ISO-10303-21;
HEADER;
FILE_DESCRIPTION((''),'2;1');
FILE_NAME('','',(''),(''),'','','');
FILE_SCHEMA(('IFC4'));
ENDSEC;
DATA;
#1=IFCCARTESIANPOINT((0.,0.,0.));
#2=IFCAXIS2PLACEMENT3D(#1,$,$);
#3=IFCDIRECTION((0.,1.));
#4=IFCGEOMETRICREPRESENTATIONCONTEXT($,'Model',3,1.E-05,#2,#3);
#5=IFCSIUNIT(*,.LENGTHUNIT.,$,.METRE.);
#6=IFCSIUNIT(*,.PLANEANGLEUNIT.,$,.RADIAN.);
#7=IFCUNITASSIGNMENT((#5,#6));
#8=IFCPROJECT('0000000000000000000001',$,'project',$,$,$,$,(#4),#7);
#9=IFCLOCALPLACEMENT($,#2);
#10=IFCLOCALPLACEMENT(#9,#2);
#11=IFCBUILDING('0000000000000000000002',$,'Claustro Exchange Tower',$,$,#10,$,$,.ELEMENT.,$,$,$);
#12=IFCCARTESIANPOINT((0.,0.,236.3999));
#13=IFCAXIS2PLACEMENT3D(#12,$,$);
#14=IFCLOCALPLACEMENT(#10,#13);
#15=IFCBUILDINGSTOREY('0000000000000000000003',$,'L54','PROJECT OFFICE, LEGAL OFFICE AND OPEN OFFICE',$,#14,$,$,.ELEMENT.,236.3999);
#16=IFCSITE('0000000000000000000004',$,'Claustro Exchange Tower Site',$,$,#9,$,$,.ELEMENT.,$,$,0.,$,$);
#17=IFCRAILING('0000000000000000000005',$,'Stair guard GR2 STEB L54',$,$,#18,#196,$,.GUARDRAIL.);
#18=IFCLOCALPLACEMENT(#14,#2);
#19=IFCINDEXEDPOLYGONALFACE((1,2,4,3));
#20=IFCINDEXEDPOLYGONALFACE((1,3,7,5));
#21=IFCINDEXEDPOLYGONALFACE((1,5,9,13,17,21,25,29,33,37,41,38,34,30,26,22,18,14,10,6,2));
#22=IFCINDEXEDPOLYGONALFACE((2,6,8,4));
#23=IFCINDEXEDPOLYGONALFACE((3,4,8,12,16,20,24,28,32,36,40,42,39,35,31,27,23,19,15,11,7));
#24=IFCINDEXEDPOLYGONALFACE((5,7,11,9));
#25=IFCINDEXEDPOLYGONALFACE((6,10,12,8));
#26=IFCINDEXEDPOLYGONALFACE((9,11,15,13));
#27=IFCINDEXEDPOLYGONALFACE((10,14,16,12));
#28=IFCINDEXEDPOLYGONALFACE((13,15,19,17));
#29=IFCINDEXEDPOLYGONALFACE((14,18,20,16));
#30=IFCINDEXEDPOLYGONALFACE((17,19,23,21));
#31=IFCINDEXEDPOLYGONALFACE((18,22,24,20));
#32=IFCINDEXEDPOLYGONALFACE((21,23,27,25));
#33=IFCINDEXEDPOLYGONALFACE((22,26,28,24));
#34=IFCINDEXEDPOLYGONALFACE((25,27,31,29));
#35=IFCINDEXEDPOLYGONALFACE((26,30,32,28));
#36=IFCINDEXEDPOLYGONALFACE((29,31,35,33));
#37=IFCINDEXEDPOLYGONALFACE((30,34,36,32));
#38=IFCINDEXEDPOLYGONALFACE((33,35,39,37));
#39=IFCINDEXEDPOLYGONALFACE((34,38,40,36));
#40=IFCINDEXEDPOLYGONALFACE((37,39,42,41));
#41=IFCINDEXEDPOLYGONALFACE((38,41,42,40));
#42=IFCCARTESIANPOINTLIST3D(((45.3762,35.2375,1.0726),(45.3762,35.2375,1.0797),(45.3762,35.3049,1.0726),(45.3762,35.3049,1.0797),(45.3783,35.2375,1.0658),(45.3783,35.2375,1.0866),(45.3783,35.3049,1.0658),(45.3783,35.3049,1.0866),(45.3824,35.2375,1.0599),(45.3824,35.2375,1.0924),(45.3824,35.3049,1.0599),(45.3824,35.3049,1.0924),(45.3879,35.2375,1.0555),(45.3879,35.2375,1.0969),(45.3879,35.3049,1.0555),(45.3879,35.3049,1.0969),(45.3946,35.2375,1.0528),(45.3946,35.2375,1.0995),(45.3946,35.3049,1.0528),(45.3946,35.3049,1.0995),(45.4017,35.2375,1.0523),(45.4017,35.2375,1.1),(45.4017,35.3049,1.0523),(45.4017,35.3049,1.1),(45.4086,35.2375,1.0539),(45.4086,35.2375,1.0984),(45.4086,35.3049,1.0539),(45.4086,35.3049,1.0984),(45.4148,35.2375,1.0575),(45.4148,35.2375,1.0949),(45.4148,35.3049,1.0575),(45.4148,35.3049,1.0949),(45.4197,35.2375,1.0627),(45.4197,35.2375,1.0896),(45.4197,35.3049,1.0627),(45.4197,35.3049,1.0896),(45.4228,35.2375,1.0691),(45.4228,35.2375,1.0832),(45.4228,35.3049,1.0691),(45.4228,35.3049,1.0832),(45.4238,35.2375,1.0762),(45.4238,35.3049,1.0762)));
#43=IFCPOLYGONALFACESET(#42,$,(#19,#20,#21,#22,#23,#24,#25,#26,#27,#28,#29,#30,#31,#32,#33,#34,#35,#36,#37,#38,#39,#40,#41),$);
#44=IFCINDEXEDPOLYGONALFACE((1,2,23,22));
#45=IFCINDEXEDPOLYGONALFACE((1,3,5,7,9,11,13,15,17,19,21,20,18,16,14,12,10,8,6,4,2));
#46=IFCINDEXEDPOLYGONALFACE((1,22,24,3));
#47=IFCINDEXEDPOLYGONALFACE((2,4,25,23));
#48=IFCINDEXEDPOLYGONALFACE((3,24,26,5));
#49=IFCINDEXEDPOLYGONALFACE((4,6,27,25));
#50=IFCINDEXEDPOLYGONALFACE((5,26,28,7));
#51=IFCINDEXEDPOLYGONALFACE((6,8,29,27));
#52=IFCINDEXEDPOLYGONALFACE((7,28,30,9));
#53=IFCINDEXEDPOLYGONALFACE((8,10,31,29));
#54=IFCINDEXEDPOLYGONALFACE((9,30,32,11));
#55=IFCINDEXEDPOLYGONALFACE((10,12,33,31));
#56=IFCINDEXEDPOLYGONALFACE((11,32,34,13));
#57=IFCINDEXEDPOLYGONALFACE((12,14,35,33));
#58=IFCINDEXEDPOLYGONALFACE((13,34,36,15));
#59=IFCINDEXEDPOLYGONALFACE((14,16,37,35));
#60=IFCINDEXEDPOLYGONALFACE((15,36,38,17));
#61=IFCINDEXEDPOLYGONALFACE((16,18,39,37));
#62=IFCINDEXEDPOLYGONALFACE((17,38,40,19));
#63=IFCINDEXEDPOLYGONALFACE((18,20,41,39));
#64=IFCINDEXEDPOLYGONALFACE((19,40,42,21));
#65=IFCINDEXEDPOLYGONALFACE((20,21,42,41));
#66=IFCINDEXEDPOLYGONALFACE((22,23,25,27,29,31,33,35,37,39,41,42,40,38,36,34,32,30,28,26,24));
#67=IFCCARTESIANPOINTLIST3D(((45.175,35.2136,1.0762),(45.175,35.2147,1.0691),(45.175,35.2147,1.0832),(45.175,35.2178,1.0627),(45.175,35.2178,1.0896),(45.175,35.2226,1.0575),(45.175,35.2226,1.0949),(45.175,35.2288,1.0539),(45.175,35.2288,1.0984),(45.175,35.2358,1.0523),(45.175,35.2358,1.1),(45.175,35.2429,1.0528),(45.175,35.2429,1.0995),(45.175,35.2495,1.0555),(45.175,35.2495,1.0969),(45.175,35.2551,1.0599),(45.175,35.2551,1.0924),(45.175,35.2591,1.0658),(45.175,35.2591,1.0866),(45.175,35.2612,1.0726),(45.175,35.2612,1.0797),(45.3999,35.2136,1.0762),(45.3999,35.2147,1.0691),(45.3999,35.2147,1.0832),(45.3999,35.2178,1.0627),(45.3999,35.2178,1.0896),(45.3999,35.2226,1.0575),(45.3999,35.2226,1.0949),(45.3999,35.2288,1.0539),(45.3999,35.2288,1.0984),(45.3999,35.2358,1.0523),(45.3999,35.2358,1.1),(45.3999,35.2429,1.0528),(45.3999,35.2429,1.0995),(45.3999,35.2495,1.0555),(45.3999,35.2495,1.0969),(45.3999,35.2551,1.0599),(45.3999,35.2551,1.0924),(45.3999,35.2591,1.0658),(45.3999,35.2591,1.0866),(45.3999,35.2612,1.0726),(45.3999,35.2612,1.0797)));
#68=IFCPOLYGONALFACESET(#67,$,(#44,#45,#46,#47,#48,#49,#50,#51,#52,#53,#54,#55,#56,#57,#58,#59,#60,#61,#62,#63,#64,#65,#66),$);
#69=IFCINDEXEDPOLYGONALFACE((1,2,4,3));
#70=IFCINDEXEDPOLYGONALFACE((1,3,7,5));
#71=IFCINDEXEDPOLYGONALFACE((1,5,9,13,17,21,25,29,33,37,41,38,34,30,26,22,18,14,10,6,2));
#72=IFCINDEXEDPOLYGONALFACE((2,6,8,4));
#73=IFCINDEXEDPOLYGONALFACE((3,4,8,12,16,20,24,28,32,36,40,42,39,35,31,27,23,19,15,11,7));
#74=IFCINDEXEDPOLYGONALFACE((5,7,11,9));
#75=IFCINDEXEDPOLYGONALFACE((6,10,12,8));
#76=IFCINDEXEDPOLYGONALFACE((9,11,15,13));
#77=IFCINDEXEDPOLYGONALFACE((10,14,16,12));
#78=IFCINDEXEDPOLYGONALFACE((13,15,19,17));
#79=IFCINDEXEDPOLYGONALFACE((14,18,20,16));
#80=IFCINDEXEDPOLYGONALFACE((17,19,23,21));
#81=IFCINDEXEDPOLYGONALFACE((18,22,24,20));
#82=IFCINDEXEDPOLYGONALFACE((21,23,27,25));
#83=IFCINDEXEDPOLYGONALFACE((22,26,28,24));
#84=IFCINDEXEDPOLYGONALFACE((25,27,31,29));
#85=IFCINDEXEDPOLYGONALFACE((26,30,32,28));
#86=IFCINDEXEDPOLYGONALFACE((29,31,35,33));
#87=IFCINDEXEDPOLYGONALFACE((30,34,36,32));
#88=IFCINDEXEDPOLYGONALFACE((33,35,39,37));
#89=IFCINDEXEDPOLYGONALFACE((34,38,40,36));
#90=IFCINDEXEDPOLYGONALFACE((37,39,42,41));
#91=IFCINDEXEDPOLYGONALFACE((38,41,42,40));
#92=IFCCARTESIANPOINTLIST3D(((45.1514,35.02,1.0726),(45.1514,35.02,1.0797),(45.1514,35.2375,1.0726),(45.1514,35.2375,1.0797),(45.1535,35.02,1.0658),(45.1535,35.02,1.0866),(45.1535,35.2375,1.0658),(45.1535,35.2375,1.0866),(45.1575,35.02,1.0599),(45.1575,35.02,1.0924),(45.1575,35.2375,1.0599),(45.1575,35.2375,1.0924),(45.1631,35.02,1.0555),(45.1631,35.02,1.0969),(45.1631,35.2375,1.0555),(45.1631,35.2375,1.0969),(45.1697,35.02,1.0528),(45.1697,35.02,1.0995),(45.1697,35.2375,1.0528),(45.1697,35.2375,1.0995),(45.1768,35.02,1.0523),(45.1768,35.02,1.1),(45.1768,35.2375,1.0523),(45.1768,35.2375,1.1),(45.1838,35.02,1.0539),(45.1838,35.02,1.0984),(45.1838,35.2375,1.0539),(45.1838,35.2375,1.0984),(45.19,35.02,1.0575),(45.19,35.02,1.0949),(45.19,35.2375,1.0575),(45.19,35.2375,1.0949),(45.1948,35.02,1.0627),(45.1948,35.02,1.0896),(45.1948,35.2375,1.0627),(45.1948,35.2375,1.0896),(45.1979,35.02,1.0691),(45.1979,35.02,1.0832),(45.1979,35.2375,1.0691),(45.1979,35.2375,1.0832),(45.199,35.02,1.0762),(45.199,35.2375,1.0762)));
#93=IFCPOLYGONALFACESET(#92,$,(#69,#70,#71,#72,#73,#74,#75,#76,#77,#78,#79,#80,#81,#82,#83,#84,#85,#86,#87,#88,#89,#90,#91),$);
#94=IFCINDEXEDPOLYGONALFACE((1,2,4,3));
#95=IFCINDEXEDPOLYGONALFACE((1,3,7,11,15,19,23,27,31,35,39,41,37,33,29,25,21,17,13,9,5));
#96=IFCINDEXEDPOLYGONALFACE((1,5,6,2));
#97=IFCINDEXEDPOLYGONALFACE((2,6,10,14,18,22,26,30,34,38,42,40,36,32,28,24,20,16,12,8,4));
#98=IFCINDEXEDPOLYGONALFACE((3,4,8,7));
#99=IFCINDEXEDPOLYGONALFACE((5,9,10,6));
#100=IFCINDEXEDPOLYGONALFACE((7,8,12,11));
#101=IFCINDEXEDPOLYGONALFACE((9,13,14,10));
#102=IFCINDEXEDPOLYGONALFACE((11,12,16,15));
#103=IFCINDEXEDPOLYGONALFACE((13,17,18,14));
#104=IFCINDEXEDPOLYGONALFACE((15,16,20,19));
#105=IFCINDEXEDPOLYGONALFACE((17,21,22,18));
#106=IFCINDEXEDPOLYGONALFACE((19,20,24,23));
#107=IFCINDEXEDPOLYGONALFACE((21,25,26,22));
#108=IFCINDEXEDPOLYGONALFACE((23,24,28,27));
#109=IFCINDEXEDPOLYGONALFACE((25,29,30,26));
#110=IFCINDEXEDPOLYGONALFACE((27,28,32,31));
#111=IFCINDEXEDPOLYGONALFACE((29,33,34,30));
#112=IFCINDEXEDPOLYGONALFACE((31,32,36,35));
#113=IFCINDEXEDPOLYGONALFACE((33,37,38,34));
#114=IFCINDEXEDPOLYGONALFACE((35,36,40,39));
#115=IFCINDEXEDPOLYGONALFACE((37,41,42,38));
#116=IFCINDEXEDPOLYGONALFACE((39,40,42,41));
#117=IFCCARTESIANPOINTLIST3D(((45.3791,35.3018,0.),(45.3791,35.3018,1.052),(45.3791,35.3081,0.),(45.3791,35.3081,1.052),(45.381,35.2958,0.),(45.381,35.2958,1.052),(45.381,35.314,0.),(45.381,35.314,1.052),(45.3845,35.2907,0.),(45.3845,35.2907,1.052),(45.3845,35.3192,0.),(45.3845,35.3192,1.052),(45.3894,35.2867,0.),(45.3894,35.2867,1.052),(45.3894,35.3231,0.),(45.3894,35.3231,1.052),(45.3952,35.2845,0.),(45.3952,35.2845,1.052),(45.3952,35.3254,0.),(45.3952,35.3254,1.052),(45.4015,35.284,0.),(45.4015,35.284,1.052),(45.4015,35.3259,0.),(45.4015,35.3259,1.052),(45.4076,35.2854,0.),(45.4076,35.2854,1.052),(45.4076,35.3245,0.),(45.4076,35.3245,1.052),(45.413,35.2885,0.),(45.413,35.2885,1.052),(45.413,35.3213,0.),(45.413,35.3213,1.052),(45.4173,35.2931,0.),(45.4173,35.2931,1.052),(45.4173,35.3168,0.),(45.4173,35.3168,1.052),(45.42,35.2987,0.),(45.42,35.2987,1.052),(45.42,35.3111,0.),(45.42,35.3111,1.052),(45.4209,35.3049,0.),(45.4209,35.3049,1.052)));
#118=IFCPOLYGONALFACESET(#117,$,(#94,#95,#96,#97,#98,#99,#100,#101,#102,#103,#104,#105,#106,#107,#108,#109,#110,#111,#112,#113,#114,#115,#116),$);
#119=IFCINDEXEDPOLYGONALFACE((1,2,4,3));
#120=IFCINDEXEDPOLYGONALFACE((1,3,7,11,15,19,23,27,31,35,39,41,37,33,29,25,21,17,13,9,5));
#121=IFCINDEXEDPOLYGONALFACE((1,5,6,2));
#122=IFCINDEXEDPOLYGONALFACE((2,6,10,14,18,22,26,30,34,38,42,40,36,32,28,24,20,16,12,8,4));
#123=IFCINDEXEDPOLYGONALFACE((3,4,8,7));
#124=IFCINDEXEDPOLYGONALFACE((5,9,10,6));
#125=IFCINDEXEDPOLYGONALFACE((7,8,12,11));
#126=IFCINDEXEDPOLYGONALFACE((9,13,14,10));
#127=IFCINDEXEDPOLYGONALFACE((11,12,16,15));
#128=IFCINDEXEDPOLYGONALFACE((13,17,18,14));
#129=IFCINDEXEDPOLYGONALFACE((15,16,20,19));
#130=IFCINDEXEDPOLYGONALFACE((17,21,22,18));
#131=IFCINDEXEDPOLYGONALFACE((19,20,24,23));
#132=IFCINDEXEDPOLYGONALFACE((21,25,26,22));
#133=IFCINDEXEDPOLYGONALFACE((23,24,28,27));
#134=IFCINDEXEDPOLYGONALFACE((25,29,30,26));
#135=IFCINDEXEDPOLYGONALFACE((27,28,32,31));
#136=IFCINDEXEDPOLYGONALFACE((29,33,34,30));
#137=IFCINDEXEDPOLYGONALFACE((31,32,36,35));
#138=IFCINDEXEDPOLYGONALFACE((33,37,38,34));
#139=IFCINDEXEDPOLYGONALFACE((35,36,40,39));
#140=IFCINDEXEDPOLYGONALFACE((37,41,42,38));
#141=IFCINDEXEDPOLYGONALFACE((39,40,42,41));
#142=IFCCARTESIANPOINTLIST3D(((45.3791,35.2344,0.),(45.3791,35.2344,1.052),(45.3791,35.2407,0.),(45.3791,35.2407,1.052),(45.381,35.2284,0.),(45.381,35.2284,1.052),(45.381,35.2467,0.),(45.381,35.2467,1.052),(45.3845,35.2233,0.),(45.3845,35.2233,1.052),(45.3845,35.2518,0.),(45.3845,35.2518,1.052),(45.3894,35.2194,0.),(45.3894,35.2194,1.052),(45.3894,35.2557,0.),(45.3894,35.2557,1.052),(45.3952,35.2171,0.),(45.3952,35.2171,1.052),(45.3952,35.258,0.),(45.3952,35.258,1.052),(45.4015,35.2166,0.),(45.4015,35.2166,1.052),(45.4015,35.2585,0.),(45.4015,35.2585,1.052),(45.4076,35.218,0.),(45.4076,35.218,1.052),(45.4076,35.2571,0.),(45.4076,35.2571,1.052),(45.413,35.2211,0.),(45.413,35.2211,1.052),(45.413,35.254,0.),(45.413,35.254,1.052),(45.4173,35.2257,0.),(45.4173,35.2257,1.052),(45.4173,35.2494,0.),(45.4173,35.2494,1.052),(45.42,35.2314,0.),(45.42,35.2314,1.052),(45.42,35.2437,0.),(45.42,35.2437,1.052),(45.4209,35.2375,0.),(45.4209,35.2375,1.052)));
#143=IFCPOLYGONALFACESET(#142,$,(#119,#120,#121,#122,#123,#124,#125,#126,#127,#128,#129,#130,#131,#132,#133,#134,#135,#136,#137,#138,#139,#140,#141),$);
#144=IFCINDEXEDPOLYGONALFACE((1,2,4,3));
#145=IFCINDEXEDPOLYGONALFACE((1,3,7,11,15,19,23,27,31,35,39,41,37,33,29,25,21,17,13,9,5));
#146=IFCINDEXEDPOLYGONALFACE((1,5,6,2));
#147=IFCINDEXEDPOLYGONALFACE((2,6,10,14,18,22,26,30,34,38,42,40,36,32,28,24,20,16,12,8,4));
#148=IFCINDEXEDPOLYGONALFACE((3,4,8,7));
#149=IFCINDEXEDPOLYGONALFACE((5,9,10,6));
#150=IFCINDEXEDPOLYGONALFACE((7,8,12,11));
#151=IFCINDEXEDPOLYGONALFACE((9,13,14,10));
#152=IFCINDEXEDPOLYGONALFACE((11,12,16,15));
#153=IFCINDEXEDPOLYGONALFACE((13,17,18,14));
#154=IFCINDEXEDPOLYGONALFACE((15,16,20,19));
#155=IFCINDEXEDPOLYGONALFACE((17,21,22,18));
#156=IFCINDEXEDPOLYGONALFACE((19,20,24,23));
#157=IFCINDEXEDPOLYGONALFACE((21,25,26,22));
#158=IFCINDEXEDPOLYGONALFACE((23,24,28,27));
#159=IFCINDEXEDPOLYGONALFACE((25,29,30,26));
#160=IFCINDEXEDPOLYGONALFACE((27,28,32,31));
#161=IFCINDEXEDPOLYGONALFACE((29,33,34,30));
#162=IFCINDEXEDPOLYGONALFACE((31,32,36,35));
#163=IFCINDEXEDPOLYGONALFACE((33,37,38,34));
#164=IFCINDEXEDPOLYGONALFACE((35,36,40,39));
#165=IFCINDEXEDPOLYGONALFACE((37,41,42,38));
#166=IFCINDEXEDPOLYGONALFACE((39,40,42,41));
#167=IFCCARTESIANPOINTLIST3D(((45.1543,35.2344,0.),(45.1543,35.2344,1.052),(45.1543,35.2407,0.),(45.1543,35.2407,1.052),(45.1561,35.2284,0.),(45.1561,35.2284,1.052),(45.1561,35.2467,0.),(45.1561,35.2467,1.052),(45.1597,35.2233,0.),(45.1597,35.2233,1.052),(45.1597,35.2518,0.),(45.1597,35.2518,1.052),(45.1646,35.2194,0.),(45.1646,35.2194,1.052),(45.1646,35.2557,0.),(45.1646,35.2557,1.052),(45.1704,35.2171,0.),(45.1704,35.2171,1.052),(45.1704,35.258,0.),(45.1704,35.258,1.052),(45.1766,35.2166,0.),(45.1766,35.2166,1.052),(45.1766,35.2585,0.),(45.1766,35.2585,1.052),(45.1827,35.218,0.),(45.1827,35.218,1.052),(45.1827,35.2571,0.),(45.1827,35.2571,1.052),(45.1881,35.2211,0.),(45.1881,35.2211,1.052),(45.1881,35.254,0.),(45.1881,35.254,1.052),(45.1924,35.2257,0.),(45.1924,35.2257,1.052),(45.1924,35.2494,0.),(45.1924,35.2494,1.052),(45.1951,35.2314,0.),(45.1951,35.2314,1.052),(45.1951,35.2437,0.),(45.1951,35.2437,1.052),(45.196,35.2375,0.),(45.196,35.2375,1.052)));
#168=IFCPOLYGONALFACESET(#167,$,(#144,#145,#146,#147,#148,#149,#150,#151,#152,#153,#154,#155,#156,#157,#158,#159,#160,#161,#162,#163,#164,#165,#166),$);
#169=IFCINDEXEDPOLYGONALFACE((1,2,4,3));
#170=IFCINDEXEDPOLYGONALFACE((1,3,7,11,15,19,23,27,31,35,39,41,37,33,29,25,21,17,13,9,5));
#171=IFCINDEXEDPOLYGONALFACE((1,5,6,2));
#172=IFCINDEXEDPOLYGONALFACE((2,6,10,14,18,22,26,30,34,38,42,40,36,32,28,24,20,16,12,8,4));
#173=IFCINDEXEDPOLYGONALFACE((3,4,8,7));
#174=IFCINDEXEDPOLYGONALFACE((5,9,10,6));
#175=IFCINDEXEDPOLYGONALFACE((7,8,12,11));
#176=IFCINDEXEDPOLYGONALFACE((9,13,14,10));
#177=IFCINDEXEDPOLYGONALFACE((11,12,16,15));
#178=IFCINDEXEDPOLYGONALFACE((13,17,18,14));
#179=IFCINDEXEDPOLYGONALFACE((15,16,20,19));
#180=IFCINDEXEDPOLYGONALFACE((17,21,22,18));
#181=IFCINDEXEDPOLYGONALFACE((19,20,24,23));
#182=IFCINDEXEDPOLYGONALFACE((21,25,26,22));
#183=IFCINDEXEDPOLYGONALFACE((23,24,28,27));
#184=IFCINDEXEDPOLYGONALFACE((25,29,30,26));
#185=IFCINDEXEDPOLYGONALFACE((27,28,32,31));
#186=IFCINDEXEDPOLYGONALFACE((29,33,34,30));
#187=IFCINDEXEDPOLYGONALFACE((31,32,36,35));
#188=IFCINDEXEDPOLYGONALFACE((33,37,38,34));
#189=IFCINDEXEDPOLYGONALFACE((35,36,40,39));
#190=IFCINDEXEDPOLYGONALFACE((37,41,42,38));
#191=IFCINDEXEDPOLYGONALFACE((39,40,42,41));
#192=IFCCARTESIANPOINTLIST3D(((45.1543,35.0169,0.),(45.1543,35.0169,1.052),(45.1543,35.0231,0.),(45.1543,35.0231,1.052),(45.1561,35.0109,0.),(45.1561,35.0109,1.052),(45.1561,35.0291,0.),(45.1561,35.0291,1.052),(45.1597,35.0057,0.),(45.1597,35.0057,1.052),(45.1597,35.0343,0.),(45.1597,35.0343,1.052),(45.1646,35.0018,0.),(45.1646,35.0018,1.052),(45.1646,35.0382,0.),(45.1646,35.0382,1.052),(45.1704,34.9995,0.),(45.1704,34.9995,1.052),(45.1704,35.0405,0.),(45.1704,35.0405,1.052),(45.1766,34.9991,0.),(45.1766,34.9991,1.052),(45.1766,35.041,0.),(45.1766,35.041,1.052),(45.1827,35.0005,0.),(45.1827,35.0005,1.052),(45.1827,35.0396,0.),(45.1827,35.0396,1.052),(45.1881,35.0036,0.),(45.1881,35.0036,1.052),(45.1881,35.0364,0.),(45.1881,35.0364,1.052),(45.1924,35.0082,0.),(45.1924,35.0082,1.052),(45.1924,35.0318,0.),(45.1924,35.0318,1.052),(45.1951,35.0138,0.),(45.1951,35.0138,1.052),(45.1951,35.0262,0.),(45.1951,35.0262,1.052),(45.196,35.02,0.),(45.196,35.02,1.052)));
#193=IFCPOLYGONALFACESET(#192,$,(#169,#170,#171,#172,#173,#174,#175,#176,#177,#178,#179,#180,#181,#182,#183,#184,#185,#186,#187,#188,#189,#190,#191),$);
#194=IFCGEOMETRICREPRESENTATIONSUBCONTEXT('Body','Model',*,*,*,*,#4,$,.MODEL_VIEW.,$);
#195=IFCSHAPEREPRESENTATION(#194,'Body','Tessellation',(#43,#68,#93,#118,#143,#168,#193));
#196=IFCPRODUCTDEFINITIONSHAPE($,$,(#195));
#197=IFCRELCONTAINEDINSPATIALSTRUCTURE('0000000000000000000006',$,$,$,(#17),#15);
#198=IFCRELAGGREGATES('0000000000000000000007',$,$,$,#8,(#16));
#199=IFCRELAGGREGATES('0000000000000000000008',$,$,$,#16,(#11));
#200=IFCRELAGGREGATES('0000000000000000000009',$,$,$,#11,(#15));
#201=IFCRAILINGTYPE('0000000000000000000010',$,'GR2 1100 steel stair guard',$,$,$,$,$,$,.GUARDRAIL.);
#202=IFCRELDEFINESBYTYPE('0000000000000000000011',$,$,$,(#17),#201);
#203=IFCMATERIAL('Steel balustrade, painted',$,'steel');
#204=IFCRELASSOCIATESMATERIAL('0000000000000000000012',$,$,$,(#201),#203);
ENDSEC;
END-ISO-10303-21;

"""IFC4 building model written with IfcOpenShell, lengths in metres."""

from ifc_helpers import new_model, si_unit, direction, frame, origin, origin_2d, place, context, subcontext, project, spatial, circle, extrude, material, type_object, element, save


model = new_model("IFC4")

# Units and contexts
model_context = context("Model", 3, precision=1e-05, world=origin(), true_north=direction((0.0, 1.0)))
body_context = subcontext(model_context, "Body", "Model", "MODEL_VIEW")
ifc_project = project(units=[si_unit("LENGTHUNIT", "METRE"), si_unit("PLANEANGLEUNIT", "RADIAN")], contexts=[model_context])

# Site, building, storey
site_placement = place(None, origin())
site = spatial("IfcSite", under=ifc_project, at=site_placement, Name="Claustro Exchange Tower Site", CompositionType="ELEMENT", RefElevation=0.0)
building_placement = place(site_placement, origin())
building = spatial("IfcBuilding", under=site, at=building_placement, Name="Claustro Exchange Tower", CompositionType="ELEMENT")
storey_placement = place(building_placement, frame((0.0, 0.0, 236.3999)))
storey = spatial("IfcBuildingStorey", under=building, at=storey_placement, Name="L54", Description="PROJECT OFFICE, LEGAL OFFICE AND OPEN OFFICE", CompositionType="ELEMENT", Elevation=236.3999)

# Railing
ifc_material_1 = material(Name="Steel balustrade, painted", Category="steel")
railing_type_1 = type_object("IfcRailingType", Name="GR2 1100 steel stair guard", PredefinedType="GUARDRAIL", material=ifc_material_1)
railing_1_placement = place(storey_placement, frame((45.3999, 35.3049, 0.0)))
element("IfcRailing", 1, at=railing_1_placement, inside=storey, type_object=railing_type_1, Name="Stair guard GR2 STEB L54", PredefinedType="GUARDRAIL", context=body_context, shape_type="SweptSolid", body=[
    extrude(circle(Radius=0.0239, at=origin_2d()), frame((0.0, 0.0, 1.0762), z_axis=(0.0, -1.0, 0.0), x_axis=(1.0, 0.0, 0.0)), (0.0, 0.0, 1.0), 0.0674),
    extrude(circle(Radius=0.0239, at=origin_2d()), frame((0.0, -0.0674, 1.0762), z_axis=(-1.0, 0.0, 0.0), x_axis=(0.0, -1.0, 0.0)), (0.0, 0.0, 1.0), 0.2249),
    extrude(circle(Radius=0.0239, at=origin_2d()), frame((-0.2249, -0.0674, 1.0762), z_axis=(0.0, -1.0, 0.0), x_axis=(1.0, 0.0, 0.0)), (0.0, 0.0, 1.0), 0.2175),
    extrude(circle(Radius=0.021, at=origin_2d()), origin(), (0.0, 0.0, 1.0), 1.052),
    extrude(circle(Radius=0.021, at=origin_2d()), frame((0.0, -0.0674, 0.0)), (0.0, 0.0, 1.0), 1.052),
    extrude(circle(Radius=0.021, at=origin_2d()), frame((-0.2249, -0.0674, 0.0)), (0.0, 0.0, 1.0), 1.052),
    extrude(circle(Radius=0.021, at=origin_2d()), frame((-0.2249, -0.2849, 0.0)), (0.0, 0.0, 1.0), 1.052),
])

save(model, "model.ifc")
